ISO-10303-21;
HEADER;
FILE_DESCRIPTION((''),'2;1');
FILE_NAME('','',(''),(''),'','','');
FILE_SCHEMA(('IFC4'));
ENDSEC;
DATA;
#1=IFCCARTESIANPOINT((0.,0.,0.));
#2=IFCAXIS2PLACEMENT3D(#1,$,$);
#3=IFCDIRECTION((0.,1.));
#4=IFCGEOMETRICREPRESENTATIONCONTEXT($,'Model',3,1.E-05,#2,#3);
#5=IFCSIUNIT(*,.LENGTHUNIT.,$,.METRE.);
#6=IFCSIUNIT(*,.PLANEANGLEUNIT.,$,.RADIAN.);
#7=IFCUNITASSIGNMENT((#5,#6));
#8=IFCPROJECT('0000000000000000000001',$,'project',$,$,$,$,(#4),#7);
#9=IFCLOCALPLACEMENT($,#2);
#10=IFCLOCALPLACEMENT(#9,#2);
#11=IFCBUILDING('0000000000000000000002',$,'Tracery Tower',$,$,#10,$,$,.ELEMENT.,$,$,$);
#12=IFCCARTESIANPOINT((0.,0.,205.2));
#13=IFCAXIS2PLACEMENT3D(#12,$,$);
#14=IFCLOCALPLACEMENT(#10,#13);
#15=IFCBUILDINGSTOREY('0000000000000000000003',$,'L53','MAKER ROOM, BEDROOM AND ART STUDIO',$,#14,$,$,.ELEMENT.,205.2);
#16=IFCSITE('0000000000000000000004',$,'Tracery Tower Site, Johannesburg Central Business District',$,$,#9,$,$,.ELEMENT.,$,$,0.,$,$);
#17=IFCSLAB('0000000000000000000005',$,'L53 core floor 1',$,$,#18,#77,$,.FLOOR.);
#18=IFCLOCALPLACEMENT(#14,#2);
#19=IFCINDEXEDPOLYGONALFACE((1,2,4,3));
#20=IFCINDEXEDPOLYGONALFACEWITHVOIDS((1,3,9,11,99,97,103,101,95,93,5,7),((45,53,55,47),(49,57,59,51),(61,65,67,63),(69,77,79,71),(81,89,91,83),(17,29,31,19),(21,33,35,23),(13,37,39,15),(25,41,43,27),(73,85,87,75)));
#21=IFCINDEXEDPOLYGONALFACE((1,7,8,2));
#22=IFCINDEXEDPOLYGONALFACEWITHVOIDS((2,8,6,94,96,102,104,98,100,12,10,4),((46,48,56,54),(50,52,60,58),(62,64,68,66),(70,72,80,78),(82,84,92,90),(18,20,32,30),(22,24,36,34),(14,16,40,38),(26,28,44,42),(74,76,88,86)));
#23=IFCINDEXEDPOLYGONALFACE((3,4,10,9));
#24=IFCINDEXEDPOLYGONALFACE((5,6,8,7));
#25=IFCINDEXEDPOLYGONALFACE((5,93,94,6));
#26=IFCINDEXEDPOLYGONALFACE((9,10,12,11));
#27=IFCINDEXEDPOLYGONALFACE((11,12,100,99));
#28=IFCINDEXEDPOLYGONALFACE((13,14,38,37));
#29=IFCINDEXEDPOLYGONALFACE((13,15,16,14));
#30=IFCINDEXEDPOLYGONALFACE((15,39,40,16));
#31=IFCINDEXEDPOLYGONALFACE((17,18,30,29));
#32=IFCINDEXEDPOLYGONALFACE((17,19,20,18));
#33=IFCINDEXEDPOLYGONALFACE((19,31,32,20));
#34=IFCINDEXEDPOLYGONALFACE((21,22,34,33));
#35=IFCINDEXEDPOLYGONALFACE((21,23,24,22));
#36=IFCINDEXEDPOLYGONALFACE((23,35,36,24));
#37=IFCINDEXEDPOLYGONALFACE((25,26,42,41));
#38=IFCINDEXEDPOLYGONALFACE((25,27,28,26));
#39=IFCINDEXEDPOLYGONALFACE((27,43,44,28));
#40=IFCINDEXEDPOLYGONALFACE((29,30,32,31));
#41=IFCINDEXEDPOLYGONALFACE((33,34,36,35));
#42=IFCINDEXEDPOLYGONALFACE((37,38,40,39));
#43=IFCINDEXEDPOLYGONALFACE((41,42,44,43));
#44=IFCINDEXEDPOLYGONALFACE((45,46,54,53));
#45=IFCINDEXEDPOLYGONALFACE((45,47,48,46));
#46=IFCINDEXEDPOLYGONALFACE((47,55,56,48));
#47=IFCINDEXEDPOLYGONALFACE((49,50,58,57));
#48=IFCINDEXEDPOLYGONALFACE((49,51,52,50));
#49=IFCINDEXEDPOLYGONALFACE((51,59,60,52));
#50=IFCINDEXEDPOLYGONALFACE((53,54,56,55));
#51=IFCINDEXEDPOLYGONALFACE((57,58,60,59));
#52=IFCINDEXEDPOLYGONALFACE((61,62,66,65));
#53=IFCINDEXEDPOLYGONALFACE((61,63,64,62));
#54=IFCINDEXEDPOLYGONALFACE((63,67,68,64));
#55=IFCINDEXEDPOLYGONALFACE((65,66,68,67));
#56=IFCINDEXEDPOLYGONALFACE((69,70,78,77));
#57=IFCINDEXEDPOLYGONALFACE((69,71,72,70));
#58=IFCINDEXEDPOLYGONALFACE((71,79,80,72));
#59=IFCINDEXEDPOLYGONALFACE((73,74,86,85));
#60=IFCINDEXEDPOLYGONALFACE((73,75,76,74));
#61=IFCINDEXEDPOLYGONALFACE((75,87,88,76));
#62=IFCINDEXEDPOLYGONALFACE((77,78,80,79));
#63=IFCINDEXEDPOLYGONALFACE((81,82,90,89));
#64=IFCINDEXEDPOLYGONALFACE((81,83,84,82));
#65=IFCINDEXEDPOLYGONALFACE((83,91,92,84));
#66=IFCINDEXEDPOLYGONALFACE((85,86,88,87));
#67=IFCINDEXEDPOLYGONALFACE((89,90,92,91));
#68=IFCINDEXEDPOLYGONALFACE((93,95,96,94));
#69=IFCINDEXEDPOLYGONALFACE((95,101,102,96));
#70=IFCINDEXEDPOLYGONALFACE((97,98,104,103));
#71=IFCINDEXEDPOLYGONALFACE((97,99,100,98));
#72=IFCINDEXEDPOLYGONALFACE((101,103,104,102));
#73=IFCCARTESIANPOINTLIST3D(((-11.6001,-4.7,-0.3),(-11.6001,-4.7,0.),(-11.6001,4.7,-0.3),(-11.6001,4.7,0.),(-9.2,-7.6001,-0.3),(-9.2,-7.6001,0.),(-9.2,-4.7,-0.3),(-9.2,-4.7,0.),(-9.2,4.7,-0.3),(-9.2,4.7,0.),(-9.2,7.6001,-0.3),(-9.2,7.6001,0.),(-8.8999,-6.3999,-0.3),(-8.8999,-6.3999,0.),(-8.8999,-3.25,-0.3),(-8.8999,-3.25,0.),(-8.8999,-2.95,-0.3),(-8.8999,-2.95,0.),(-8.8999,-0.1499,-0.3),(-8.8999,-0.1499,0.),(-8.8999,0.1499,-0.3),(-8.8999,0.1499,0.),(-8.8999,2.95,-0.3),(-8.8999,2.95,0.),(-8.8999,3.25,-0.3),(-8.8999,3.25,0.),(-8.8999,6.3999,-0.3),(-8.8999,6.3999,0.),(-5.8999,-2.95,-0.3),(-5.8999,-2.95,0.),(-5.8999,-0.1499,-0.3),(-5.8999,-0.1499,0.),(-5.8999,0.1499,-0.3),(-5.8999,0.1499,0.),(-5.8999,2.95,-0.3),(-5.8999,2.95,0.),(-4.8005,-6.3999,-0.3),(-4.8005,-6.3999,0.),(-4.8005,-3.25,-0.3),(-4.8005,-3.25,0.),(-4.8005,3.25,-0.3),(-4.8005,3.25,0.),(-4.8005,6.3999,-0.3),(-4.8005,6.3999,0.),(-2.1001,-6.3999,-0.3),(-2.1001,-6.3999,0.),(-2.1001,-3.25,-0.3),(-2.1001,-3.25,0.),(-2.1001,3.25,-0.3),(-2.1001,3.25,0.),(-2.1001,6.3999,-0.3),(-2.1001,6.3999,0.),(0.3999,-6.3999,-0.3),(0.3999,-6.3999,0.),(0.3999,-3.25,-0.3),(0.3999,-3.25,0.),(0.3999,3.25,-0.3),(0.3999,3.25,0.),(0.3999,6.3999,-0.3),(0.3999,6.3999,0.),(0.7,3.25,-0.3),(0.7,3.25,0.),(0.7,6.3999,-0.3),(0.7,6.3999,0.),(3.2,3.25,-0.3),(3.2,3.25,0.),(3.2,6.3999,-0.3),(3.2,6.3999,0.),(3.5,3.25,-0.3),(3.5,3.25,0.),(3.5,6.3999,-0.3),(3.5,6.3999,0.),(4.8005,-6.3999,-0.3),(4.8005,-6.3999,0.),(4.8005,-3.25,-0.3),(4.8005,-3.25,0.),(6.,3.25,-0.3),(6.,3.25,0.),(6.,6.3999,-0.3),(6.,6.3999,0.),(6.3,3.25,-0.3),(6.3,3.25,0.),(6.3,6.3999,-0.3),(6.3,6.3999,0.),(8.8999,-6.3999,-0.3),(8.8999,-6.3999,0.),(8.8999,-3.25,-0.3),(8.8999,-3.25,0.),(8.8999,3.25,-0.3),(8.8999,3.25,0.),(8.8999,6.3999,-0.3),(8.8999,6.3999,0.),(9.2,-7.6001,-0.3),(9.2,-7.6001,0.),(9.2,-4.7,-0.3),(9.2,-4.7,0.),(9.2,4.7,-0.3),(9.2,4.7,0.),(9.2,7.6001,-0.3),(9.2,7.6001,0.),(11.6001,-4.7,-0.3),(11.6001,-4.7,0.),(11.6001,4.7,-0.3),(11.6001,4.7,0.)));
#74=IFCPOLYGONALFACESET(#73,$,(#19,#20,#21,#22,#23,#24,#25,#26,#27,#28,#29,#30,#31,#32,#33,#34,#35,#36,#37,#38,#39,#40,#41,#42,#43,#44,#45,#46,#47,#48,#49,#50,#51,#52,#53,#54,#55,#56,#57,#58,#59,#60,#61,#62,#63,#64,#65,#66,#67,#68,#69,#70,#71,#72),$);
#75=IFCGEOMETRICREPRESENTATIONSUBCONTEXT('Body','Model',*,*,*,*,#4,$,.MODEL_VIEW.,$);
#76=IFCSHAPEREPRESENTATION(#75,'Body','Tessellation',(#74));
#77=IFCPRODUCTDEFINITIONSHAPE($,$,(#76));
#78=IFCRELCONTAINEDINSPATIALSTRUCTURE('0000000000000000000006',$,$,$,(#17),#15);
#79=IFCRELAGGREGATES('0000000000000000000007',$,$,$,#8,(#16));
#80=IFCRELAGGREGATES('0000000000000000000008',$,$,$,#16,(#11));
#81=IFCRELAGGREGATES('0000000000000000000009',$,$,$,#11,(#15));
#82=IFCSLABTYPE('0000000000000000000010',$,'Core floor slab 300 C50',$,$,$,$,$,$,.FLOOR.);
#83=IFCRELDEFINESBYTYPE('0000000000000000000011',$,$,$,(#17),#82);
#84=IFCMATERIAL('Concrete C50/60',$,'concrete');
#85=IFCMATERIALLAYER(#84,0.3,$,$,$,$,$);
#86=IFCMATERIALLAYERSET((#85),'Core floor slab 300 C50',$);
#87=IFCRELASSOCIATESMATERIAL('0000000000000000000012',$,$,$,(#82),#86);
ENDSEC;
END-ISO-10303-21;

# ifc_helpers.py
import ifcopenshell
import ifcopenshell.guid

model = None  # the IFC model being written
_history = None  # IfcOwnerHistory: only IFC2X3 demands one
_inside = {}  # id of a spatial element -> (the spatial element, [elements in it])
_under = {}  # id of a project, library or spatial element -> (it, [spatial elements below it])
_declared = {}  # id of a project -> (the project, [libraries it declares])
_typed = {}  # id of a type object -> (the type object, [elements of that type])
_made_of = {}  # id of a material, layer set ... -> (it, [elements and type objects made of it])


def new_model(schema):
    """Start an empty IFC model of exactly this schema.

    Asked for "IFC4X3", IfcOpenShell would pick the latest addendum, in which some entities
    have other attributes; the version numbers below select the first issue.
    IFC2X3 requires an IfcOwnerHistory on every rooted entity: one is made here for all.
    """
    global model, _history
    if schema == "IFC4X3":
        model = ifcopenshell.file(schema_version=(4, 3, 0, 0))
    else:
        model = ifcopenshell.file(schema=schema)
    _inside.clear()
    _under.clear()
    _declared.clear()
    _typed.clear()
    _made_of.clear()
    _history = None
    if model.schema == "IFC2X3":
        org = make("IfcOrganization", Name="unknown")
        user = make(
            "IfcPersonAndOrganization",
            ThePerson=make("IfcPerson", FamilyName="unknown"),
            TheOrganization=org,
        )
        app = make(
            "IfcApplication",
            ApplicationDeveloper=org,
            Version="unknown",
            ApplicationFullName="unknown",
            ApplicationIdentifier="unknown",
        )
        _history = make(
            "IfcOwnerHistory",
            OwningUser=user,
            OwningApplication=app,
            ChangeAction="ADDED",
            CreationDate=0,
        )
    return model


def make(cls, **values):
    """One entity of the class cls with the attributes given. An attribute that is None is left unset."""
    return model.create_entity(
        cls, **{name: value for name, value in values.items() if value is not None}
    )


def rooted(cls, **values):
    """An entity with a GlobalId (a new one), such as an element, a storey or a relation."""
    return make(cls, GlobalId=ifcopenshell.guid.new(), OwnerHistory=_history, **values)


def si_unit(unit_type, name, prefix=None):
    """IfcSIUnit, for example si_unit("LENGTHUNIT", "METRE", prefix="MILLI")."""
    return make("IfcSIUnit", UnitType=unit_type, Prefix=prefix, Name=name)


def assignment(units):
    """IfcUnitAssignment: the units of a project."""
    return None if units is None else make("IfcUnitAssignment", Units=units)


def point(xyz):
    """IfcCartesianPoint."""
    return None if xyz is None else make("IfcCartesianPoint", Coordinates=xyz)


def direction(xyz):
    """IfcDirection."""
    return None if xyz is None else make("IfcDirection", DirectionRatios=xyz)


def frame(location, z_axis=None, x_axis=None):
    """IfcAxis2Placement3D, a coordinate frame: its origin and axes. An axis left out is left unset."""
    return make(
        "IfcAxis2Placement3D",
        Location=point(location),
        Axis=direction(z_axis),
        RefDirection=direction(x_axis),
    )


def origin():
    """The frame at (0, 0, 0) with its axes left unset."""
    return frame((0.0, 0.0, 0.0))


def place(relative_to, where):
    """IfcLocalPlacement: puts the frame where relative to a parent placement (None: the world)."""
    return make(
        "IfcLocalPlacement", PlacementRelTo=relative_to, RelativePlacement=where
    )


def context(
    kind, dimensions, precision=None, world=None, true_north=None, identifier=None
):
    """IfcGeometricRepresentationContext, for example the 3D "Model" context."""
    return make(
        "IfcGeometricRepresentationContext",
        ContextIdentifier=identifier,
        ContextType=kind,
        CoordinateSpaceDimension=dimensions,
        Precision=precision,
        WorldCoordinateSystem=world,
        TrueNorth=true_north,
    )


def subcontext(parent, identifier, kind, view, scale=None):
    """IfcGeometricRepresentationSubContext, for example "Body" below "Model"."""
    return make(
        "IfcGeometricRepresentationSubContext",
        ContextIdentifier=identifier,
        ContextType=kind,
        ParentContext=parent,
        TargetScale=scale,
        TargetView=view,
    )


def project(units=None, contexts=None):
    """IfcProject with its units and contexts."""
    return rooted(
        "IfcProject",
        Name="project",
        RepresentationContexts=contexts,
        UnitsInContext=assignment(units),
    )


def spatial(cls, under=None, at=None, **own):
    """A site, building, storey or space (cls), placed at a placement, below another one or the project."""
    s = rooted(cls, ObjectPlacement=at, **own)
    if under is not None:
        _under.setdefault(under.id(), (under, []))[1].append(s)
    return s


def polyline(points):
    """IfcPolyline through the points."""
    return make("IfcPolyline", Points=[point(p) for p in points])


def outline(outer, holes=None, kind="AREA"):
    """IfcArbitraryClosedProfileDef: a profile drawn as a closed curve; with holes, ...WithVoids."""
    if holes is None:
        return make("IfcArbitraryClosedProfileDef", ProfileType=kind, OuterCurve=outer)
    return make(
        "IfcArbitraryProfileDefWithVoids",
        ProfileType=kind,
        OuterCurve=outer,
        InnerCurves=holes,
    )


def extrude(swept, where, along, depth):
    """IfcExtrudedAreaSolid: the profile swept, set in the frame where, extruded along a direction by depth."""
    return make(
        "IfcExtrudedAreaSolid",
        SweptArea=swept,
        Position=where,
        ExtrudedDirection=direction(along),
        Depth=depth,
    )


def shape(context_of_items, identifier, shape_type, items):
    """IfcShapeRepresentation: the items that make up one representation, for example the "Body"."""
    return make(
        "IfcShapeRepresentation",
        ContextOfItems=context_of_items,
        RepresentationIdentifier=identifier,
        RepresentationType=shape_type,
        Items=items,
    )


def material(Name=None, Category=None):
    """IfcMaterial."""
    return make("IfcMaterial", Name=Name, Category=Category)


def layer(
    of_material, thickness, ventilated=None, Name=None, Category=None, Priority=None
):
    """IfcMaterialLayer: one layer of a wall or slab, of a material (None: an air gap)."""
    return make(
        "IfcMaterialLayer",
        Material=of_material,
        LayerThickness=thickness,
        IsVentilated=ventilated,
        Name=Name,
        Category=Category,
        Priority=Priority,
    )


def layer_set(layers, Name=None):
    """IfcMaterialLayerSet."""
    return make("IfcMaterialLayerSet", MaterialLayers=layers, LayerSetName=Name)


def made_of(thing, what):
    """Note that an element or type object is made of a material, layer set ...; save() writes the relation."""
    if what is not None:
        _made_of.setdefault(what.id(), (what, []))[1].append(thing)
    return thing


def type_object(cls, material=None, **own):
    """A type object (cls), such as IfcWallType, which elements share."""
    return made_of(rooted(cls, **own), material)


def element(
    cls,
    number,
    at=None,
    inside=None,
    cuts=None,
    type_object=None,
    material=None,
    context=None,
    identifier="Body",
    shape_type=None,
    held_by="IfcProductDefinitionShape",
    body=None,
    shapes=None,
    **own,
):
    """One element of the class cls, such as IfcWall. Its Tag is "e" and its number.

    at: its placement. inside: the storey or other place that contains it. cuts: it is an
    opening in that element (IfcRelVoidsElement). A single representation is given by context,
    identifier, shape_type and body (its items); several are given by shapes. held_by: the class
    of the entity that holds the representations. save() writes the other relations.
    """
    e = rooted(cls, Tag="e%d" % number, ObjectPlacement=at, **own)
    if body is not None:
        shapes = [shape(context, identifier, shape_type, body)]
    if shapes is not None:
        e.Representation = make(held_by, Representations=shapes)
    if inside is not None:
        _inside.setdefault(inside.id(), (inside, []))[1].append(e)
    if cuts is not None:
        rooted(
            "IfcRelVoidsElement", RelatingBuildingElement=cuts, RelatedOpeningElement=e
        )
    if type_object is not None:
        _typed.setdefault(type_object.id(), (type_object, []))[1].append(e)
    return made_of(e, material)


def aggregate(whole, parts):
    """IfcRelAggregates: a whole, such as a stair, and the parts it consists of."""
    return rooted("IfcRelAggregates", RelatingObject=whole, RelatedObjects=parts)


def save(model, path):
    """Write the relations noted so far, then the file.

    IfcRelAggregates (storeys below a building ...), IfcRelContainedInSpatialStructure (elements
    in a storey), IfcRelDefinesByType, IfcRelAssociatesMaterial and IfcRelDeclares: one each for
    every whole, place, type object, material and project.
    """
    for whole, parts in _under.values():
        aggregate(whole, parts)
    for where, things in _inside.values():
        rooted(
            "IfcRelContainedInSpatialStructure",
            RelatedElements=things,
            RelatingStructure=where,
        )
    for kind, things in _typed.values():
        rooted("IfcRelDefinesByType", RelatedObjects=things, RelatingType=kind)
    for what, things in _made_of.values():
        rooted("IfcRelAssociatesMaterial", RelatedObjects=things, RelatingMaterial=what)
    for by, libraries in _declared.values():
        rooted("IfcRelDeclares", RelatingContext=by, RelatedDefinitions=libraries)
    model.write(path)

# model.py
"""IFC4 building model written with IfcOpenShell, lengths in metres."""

from ifc_helpers import new_model, si_unit, direction, frame, origin, place, context, subcontext, project, spatial, polyline, outline, extrude, material, layer, layer_set, type_object, element, save


model = new_model("IFC4")

# Units and contexts
model_context = context("Model", 3, precision=1e-05, world=origin(), true_north=direction((0.0, 1.0)))
body_context = subcontext(model_context, "Body", "Model", "MODEL_VIEW")
ifc_project = project(units=[si_unit("LENGTHUNIT", "METRE"), si_unit("PLANEANGLEUNIT", "RADIAN")], contexts=[model_context])

# Site, building, storey
site_placement = place(None, origin())
site = spatial("IfcSite", under=ifc_project, at=site_placement, Name="Tracery Tower Site, Johannesburg Central Business District", CompositionType="ELEMENT", RefElevation=0.0)
building_placement = place(site_placement, origin())
building = spatial("IfcBuilding", under=site, at=building_placement, Name="Tracery Tower", CompositionType="ELEMENT")
storey_placement = place(building_placement, frame((0.0, 0.0, 205.2)))
storey = spatial("IfcBuildingStorey", under=building, at=storey_placement, Name="L53", Description="MAKER ROOM, BEDROOM AND ART STUDIO", CompositionType="ELEMENT", Elevation=205.2)

# Slab
ifc_material_1 = material(Name="Concrete C50/60", Category="concrete")
ifc_layer_1 = layer(ifc_material_1, 0.3)
ifc_layer_set_1 = layer_set([ifc_layer_1], Name="Core floor slab 300 C50")
slab_type_1 = type_object("IfcSlabType", Name="Core floor slab 300 C50", PredefinedType="FLOOR", material=ifc_layer_set_1)
slab_1_placement = place(storey_placement, frame((0.0, 0.0, -0.3)))
element("IfcSlab", 1, at=slab_1_placement, inside=storey, type_object=slab_type_1, Name="L53 core floor 1", PredefinedType="FLOOR", context=body_context, shape_type="SweptSolid", body=[
    extrude(outline(polyline([(-9.2, 7.6001), (9.2, 7.6001), (9.2, 4.7), (11.6001, 4.7), (11.6001, -4.7), (9.2, -4.7), (9.2, -7.6001), (-9.2, -7.6001), (-9.2, -4.7), (-11.6001, -4.7), (-11.6001, 4.7), (-9.2, 4.7), (-9.2, 7.6001)]), holes=[polyline([(4.8005, -6.3999), (8.8999, -6.3999), (8.8999, -3.25), (4.8005, -3.25), (4.8005, -6.3999)]), polyline([(8.8999, 3.25), (8.8999, 6.3999), (6.3, 6.3999), (6.3, 3.25), (8.8999, 3.25)]), polyline([(6.0, 3.25), (6.0, 6.3999), (3.5, 6.3999), (3.5, 3.25), (6.0, 3.25)]), polyline([(3.2, 3.25), (3.2, 6.3999), (0.7, 6.3999), (0.7, 3.25), (3.2, 3.25)]), polyline([(-2.1001, 3.25), (0.3999, 3.25), (0.3999, 6.3999), (-2.1001, 6.3999), (-2.1001, 3.25)]), polyline([(0.3999, -6.3999), (0.3999, -3.25), (-2.1001, -3.25), (-2.1001, -6.3999), (0.3999, -6.3999)]), polyline([(-4.8005, -3.25), (-8.8999, -3.25), (-8.8999, -6.3999), (-4.8005, -6.3999), (-4.8005, -3.25)]), polyline([(-4.8005, 6.3999), (-8.8999, 6.3999), (-8.8999, 3.25), (-4.8005, 3.25), (-4.8005, 6.3999)]), polyline([(-5.8999, -2.95), (-5.8999, -0.1499), (-8.8999, -0.1499), (-8.8999, -2.95), (-5.8999, -2.95)]), polyline([(-5.8999, 0.1499), (-5.8999, 2.95), (-8.8999, 2.95), (-8.8999, 0.1499), (-5.8999, 0.1499)])]), origin(), (0.0, 0.0, 1.0), 0.3),
])

save(model, "model.ifc")
